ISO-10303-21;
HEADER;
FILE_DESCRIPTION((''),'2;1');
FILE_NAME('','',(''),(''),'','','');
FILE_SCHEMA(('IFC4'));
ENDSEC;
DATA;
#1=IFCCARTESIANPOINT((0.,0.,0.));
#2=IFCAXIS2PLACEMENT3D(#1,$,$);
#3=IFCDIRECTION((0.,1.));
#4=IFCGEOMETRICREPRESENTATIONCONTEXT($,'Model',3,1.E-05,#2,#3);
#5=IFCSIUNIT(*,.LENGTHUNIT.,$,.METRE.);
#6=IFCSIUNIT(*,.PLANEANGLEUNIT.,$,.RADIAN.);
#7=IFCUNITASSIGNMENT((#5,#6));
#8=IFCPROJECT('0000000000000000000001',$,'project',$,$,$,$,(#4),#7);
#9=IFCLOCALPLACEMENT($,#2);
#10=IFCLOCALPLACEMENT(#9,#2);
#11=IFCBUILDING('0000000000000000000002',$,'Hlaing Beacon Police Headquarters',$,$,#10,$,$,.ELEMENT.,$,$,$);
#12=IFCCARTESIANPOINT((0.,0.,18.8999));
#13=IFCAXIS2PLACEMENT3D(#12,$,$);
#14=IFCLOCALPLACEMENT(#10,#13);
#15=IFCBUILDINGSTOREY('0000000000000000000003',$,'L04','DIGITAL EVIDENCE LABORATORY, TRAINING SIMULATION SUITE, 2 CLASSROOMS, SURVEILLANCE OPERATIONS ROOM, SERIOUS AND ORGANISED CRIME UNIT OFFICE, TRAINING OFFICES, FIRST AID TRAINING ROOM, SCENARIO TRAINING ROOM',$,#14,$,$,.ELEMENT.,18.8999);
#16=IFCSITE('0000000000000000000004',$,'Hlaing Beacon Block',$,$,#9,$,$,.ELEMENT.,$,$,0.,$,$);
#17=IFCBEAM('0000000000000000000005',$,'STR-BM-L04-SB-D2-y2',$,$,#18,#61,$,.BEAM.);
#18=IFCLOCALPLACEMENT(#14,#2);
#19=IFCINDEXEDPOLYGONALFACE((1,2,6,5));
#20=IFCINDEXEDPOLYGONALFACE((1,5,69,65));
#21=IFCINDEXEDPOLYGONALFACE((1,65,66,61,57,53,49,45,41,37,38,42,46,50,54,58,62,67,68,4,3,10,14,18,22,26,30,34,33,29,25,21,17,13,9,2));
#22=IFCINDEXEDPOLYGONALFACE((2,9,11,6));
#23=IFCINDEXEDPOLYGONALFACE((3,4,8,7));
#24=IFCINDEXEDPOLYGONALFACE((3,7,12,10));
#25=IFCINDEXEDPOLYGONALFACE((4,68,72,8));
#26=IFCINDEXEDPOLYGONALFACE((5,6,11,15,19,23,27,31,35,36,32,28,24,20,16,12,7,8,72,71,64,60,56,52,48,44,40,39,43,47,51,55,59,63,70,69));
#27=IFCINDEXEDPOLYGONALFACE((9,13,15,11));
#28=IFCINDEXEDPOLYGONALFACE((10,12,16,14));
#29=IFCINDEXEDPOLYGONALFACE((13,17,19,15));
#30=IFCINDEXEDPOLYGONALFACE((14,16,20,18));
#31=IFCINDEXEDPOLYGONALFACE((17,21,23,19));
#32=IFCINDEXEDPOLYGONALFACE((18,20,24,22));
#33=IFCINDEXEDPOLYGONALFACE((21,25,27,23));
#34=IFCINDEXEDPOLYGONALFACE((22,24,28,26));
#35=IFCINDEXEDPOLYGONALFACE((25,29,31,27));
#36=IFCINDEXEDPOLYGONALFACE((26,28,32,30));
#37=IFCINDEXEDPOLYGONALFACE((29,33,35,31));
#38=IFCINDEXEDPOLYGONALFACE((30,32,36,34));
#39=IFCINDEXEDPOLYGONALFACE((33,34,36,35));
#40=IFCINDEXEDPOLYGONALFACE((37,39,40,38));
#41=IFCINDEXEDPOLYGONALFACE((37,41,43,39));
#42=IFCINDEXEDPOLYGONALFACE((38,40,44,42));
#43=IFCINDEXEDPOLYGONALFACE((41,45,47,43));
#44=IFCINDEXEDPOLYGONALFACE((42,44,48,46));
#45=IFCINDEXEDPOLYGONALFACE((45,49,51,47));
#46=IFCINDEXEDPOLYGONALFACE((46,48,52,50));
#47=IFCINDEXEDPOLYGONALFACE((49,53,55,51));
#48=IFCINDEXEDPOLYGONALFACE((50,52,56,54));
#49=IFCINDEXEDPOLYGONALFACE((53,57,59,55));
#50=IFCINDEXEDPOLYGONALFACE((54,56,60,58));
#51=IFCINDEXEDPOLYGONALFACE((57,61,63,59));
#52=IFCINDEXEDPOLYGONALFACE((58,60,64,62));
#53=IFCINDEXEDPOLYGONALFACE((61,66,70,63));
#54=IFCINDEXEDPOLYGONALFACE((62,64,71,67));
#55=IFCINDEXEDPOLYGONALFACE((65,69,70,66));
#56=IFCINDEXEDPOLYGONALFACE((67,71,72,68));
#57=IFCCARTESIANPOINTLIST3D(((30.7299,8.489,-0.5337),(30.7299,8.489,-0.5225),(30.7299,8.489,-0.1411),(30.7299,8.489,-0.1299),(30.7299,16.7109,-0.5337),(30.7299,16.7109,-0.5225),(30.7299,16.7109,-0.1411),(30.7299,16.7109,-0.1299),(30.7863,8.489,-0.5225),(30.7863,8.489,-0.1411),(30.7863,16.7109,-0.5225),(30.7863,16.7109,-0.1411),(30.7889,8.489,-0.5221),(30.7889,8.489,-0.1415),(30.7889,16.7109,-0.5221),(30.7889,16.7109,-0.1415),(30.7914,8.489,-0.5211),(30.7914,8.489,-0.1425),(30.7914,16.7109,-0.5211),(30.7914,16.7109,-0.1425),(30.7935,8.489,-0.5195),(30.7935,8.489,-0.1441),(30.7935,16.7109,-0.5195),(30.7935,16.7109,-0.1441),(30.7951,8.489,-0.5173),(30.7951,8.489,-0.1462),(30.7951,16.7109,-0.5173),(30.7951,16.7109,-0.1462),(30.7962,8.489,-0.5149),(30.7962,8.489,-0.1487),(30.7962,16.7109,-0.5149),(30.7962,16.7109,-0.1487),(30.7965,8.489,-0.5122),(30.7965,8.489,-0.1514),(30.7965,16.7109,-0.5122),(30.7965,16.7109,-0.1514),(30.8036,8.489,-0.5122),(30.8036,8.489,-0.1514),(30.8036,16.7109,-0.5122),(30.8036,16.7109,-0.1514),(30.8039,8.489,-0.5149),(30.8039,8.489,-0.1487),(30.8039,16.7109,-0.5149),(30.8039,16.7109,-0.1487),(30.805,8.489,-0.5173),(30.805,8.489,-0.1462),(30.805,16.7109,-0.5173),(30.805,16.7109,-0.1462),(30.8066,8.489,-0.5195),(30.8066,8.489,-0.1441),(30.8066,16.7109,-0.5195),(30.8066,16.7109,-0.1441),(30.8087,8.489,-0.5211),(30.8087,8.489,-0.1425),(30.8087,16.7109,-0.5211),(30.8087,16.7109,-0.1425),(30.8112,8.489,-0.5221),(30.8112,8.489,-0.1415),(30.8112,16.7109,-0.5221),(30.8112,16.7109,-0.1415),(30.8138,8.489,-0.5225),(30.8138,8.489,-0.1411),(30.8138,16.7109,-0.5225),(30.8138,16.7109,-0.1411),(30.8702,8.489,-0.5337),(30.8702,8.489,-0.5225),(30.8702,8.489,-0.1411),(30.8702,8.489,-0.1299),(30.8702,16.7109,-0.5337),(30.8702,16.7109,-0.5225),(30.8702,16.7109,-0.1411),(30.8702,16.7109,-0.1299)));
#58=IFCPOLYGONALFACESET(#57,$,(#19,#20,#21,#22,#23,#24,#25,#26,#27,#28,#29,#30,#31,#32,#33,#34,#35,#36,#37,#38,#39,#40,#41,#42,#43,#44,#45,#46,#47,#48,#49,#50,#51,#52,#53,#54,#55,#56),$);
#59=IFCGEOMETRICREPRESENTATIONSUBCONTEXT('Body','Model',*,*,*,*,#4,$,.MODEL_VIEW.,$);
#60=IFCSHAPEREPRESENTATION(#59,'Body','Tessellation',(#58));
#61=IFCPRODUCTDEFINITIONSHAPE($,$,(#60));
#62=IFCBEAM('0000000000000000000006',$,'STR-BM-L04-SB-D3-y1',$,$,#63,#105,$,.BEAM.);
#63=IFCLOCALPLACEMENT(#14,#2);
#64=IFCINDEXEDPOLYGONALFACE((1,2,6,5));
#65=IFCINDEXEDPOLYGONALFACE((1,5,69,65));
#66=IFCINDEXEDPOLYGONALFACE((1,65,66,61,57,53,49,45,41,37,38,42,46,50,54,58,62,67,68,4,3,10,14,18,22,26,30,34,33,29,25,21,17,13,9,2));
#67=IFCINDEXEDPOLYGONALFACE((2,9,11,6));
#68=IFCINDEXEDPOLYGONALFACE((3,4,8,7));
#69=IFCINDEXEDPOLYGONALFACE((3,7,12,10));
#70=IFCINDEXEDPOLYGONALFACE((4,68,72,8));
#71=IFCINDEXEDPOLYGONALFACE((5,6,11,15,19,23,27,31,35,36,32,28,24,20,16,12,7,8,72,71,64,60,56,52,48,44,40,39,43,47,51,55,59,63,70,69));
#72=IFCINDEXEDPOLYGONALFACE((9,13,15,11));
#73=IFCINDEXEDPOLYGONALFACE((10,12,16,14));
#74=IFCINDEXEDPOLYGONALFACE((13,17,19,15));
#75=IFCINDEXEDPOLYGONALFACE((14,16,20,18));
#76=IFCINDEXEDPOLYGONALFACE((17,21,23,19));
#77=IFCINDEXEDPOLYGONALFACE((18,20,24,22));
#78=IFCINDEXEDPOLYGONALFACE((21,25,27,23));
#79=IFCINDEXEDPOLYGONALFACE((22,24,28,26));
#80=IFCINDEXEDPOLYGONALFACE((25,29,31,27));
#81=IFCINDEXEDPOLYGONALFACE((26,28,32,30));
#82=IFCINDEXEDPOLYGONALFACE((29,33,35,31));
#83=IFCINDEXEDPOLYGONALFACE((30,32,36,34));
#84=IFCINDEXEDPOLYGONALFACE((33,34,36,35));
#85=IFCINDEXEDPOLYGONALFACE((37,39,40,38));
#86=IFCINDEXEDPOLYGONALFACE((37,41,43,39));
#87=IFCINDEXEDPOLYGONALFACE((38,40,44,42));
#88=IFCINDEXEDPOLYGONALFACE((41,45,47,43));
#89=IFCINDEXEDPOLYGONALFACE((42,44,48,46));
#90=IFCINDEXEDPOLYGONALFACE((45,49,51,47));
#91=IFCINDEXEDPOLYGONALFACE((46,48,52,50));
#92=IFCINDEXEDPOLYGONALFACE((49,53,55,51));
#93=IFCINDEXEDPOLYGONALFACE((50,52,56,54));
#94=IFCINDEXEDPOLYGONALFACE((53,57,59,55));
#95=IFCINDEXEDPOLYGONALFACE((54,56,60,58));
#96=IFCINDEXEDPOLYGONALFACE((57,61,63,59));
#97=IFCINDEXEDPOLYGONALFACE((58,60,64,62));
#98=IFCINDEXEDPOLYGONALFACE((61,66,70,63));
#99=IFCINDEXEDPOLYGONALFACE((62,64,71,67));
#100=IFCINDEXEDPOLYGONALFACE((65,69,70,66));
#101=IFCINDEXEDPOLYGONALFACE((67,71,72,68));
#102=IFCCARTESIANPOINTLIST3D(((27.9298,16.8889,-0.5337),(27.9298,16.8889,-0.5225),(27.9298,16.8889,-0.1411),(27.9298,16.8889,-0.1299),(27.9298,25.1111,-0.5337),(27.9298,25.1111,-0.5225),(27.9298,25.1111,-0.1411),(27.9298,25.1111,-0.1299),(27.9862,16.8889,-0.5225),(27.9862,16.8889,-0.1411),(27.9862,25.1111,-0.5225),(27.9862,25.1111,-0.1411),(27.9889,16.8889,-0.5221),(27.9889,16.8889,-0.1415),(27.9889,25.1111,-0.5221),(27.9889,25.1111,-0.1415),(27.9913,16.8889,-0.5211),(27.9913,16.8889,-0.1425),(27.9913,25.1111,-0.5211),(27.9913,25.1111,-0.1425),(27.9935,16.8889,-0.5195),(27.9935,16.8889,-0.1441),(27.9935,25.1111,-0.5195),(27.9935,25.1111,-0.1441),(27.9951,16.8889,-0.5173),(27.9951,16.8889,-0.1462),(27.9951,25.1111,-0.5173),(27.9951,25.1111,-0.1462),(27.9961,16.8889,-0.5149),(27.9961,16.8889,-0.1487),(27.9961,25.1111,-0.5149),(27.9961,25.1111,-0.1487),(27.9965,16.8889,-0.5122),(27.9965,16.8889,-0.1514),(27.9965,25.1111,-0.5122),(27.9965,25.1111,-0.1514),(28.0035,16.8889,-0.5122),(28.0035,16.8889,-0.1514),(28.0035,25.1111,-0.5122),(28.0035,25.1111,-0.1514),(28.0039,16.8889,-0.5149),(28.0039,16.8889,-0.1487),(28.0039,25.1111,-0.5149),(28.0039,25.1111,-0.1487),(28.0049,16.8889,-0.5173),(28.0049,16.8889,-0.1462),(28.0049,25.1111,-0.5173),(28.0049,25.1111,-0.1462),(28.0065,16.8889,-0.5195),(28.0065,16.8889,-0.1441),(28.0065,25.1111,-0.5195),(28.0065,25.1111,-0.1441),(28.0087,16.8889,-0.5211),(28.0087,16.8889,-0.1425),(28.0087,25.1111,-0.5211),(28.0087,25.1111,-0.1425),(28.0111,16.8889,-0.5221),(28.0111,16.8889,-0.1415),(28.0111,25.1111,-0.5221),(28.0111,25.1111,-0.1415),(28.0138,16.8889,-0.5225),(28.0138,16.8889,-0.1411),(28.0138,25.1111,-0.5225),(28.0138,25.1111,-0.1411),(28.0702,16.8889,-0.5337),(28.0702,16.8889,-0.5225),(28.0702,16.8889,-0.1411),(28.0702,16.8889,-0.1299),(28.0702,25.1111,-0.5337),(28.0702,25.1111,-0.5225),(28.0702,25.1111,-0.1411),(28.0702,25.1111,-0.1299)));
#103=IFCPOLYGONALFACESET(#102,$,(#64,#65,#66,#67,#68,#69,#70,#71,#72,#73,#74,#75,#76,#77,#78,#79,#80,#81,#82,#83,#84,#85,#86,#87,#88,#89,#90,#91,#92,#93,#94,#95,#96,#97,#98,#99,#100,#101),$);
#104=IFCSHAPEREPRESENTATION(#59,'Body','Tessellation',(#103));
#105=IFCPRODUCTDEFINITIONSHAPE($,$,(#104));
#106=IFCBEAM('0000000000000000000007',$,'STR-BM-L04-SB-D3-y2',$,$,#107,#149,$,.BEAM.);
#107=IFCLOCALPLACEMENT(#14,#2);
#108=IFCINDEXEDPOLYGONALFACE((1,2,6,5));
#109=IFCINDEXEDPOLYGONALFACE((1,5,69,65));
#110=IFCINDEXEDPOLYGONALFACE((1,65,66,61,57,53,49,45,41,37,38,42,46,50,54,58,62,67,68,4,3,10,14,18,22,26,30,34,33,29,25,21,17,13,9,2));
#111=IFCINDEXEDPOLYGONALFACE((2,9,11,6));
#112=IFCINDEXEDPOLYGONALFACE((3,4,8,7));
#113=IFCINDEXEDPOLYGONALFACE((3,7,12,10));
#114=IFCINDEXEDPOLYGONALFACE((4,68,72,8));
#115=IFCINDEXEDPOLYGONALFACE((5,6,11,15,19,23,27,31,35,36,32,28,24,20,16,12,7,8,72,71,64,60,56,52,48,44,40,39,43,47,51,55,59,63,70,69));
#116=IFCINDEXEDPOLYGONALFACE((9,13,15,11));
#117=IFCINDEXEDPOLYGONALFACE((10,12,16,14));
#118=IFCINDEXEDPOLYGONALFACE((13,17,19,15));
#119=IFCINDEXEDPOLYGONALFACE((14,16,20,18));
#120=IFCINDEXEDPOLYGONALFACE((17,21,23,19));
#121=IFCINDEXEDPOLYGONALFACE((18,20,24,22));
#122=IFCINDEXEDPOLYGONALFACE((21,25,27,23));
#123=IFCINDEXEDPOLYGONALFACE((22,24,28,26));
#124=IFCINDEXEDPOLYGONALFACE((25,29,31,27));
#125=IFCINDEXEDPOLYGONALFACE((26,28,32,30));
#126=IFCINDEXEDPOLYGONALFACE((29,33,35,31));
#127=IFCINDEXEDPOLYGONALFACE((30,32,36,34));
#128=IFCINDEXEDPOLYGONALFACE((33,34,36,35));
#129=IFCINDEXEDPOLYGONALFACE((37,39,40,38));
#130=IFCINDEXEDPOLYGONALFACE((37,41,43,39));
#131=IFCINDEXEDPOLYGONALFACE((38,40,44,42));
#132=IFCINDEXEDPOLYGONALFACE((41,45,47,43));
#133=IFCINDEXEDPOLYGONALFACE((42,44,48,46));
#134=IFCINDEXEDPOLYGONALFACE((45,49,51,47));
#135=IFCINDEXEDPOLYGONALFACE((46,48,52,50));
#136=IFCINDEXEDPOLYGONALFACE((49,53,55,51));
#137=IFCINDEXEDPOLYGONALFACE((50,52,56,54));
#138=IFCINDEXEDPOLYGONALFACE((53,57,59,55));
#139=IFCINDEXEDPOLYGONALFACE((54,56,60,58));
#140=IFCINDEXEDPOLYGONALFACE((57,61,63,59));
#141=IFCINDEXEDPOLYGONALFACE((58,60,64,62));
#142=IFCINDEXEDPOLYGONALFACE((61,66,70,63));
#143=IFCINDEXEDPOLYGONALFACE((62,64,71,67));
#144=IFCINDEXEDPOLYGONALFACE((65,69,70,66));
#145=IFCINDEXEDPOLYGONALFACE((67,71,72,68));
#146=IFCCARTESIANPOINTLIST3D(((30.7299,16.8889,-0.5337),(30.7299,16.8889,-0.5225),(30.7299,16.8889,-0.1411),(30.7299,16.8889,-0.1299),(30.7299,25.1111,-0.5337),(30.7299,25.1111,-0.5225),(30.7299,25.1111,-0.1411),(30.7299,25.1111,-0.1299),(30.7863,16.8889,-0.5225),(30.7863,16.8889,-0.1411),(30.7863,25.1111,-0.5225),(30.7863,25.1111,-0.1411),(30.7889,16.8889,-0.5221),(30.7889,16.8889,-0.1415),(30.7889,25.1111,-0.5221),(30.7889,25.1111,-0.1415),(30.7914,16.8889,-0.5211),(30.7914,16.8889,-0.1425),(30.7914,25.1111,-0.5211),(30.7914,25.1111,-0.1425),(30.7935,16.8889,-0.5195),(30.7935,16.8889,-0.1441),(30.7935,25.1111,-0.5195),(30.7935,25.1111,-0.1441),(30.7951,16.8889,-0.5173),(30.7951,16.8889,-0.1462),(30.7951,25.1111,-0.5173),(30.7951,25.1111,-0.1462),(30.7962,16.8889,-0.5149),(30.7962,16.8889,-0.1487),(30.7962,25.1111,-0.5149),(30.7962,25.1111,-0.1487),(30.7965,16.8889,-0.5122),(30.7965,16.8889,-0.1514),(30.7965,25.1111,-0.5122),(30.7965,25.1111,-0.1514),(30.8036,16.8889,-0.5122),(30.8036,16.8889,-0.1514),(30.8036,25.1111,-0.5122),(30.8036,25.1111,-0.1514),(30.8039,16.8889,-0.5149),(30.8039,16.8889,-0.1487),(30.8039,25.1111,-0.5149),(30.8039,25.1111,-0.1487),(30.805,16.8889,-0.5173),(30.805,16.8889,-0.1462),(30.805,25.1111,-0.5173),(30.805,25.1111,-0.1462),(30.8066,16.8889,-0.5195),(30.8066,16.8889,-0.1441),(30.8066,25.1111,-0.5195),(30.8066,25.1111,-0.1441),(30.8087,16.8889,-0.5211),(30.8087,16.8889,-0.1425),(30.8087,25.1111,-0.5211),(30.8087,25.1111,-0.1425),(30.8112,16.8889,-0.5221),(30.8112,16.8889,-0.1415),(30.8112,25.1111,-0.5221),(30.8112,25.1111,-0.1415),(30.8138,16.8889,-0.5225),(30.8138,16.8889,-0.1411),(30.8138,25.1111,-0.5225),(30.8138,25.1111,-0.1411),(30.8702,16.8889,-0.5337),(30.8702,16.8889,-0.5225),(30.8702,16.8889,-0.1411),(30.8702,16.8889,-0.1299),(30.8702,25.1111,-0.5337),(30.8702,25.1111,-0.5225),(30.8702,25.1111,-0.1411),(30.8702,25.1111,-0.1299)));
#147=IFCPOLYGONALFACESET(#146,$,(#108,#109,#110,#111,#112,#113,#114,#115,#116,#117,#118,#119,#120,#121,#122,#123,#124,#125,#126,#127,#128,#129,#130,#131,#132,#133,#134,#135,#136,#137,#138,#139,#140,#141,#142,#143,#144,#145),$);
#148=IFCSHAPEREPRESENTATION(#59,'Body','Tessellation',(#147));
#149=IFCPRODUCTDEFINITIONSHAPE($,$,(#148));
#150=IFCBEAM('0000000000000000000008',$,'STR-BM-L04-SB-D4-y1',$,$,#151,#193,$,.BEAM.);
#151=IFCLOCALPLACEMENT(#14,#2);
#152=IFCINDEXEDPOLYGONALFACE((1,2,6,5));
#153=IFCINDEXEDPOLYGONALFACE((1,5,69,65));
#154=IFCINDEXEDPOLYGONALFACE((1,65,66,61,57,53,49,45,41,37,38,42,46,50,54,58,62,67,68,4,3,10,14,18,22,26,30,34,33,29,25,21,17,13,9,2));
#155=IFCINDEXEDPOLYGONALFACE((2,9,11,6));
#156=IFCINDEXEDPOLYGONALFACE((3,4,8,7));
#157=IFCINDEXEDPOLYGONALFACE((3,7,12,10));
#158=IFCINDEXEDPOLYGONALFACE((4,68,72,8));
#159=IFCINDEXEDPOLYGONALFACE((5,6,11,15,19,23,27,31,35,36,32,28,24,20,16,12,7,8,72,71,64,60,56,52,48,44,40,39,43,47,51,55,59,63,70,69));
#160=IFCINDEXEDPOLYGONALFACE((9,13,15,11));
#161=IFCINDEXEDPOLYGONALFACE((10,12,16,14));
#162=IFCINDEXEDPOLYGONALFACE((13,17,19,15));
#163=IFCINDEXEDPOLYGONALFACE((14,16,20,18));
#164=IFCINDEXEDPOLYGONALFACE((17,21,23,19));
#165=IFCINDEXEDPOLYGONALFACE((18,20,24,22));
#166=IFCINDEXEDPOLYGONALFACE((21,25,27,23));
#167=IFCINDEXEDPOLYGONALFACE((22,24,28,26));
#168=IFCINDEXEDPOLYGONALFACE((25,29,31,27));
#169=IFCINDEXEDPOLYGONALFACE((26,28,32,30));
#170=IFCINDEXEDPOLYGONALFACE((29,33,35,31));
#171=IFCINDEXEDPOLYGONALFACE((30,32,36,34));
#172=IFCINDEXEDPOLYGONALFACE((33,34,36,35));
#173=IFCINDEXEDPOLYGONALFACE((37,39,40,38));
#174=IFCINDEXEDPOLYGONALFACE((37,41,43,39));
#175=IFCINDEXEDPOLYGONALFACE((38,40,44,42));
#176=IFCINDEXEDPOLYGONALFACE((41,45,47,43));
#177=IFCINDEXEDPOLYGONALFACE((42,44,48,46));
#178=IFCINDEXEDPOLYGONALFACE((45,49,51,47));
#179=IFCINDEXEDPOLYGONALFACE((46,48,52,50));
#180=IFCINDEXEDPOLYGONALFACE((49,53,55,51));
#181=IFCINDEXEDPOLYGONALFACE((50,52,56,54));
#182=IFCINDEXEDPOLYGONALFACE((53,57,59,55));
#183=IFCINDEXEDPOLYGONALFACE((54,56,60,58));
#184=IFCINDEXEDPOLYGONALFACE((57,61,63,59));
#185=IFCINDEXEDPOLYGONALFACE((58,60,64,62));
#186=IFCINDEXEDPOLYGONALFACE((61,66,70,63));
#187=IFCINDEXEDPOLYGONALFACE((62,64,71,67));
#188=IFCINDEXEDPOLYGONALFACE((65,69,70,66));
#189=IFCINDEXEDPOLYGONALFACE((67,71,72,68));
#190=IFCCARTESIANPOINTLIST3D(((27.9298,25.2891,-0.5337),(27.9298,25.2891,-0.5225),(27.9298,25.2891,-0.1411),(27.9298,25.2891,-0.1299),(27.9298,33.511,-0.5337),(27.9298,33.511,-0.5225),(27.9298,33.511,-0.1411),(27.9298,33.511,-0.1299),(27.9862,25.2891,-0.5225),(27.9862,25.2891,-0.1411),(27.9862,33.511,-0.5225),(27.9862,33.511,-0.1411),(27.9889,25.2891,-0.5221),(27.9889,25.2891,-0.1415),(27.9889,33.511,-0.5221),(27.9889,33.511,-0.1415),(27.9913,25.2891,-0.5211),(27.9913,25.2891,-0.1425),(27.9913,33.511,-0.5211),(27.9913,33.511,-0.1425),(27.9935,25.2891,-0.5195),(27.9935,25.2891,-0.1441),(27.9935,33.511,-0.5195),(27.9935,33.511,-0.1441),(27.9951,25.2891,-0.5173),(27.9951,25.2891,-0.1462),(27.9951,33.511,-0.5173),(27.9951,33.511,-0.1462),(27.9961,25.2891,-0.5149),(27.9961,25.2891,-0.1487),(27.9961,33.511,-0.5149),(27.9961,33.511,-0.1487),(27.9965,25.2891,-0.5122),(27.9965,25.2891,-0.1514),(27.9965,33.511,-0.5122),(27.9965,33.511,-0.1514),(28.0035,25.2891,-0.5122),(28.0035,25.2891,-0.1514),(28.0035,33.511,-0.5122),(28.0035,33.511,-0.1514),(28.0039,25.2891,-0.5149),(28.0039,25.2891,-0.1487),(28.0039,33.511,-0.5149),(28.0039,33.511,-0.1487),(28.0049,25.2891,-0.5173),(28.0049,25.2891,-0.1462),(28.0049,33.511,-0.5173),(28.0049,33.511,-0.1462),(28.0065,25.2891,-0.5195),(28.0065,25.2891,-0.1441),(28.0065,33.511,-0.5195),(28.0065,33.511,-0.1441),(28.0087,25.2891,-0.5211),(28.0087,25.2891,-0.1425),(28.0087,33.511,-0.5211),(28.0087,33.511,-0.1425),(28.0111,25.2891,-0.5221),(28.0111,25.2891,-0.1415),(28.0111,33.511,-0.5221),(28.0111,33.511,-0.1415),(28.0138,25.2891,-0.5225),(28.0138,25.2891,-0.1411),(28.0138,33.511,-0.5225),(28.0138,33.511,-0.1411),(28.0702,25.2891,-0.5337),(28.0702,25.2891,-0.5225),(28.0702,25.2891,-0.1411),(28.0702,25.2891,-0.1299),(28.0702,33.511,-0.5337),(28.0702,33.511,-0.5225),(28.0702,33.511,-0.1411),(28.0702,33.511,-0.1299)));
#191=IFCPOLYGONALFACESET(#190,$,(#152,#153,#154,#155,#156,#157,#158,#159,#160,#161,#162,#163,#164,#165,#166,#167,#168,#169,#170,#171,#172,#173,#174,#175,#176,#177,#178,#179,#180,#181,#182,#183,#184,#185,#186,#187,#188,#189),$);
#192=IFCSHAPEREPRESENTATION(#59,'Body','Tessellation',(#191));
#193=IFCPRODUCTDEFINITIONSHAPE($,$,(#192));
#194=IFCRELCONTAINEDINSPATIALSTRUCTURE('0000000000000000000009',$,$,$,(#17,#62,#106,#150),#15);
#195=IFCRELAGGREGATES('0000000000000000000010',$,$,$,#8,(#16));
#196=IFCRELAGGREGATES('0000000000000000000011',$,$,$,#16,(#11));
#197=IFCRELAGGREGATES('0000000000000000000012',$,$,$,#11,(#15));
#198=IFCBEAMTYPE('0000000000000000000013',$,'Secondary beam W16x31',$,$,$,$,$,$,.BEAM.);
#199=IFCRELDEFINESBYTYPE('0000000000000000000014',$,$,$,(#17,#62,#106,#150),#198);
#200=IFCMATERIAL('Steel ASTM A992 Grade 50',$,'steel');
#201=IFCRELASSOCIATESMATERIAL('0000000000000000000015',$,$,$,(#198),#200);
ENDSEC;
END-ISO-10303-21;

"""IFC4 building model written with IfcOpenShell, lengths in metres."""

from ifc_helpers import new_model, si_unit, direction, frame, origin, origin_2d, place, context, subcontext, project, spatial, i_section, extrude, material, material_profile, profile_set, type_object, element, save


model = new_model("IFC4")

# Units and contexts
model_context = context("Model", 3, precision=1e-05, world=origin(), true_north=direction((0.0, 1.0)))
body_context = subcontext(model_context, "Body", "Model", "MODEL_VIEW")
ifc_project = project(units=[si_unit("LENGTHUNIT", "METRE"), si_unit("PLANEANGLEUNIT", "RADIAN")], contexts=[model_context])

# Site, building, storey
site_placement = place(None, origin())
site = spatial("IfcSite", under=ifc_project, at=site_placement, Name="Hlaing Beacon Block", CompositionType="ELEMENT", RefElevation=0.0)
building_placement = place(site_placement, origin())
building = spatial("IfcBuilding", under=site, at=building_placement, Name="Hlaing Beacon Police Headquarters", CompositionType="ELEMENT")
storey_placement = place(building_placement, frame((0.0, 0.0, 18.8999)))
storey = spatial("IfcBuildingStorey", under=building, at=storey_placement, Name="L04", Description="DIGITAL EVIDENCE LABORATORY, TRAINING SIMULATION SUITE, 2 CLASSROOMS, SURVEILLANCE OPERATIONS ROOM, SERIOUS AND ORGANISED CRIME UNIT OFFICE, TRAINING OFFICES, FIRST AID TRAINING ROOM, SCENARIO TRAINING ROOM", CompositionType="ELEMENT", Elevation=18.8999)

# Beams
ifc_material_1 = material(Name="Steel ASTM A992 Grade 50", Category="steel")
ifc_material_profile_1 = material_profile(ifc_material_1, i_section(OverallWidth=0.1404, OverallDepth=0.4038, WebThickness=0.0071, FlangeThickness=0.0112, FilletRadius=0.0103, at=origin_2d()), Name="W16x31")
ifc_profile_set_1 = profile_set([ifc_material_profile_1], Name="Steel ASTM A992 Grade 50")
beam_type_1 = type_object("IfcBeamType", Name="Secondary beam W16x31", PredefinedType="BEAM", material=ifc_profile_set_1)
for number, where, z_axis, x_axis, name in (
    (1, (30.8, 8.489, -0.3318), (0.0, 1.0, 0.0), (-1.0, 0.0, 0.0), "STR-BM-L04-SB-D2-y2"),
):
    element("IfcBeam", number, at=place(storey_placement, frame(where, z_axis=z_axis, x_axis=x_axis)), inside=storey, type_object=beam_type_1, Name=name, PredefinedType="BEAM", context=body_context, shape_type="SweptSolid", body=[
        extrude(i_section(OverallWidth=0.1404, OverallDepth=0.4038, WebThickness=0.0071, FlangeThickness=0.0112, FilletRadius=0.0103, at=origin_2d()), origin(), (0.0, 0.0, 1.0), 8.2219),
    ])
for number, where, z_axis, x_axis, name in (
    (2, (28.0, 16.8889, -0.3318), (0.0, 1.0, 0.0), (-1.0, 0.0, 0.0), "STR-BM-L04-SB-D3-y1"),
    (3, (30.8, 16.8889, -0.3318), (0.0, 1.0, 0.0), (-1.0, 0.0, 0.0), "STR-BM-L04-SB-D3-y2"),
):
    element("IfcBeam", number, at=place(storey_placement, frame(where, z_axis=z_axis, x_axis=x_axis)), inside=storey, type_object=beam_type_1, Name=name, PredefinedType="BEAM", context=body_context, shape_type="SweptSolid", body=[
        extrude(i_section(OverallWidth=0.1404, OverallDepth=0.4038, WebThickness=0.0071, FlangeThickness=0.0112, FilletRadius=0.0103, at=origin_2d()), origin(), (0.0, 0.0, 1.0), 8.2222),
    ])
for number, where, z_axis, x_axis, name in (
    (4, (28.0, 25.2891, -0.3318), (0.0, 1.0, 0.0), (-1.0, 0.0, 0.0), "STR-BM-L04-SB-D4-y1"),
):
    element("IfcBeam", number, at=place(storey_placement, frame(where, z_axis=z_axis, x_axis=x_axis)), inside=storey, type_object=beam_type_1, Name=name, PredefinedType="BEAM", context=body_context, shape_type="SweptSolid", body=[
        extrude(i_section(OverallWidth=0.1404, OverallDepth=0.4038, WebThickness=0.0071, FlangeThickness=0.0112, FilletRadius=0.0103, at=origin_2d()), origin(), (0.0, 0.0, 1.0), 8.2219),
    ])

save(model, "model.ifc")
